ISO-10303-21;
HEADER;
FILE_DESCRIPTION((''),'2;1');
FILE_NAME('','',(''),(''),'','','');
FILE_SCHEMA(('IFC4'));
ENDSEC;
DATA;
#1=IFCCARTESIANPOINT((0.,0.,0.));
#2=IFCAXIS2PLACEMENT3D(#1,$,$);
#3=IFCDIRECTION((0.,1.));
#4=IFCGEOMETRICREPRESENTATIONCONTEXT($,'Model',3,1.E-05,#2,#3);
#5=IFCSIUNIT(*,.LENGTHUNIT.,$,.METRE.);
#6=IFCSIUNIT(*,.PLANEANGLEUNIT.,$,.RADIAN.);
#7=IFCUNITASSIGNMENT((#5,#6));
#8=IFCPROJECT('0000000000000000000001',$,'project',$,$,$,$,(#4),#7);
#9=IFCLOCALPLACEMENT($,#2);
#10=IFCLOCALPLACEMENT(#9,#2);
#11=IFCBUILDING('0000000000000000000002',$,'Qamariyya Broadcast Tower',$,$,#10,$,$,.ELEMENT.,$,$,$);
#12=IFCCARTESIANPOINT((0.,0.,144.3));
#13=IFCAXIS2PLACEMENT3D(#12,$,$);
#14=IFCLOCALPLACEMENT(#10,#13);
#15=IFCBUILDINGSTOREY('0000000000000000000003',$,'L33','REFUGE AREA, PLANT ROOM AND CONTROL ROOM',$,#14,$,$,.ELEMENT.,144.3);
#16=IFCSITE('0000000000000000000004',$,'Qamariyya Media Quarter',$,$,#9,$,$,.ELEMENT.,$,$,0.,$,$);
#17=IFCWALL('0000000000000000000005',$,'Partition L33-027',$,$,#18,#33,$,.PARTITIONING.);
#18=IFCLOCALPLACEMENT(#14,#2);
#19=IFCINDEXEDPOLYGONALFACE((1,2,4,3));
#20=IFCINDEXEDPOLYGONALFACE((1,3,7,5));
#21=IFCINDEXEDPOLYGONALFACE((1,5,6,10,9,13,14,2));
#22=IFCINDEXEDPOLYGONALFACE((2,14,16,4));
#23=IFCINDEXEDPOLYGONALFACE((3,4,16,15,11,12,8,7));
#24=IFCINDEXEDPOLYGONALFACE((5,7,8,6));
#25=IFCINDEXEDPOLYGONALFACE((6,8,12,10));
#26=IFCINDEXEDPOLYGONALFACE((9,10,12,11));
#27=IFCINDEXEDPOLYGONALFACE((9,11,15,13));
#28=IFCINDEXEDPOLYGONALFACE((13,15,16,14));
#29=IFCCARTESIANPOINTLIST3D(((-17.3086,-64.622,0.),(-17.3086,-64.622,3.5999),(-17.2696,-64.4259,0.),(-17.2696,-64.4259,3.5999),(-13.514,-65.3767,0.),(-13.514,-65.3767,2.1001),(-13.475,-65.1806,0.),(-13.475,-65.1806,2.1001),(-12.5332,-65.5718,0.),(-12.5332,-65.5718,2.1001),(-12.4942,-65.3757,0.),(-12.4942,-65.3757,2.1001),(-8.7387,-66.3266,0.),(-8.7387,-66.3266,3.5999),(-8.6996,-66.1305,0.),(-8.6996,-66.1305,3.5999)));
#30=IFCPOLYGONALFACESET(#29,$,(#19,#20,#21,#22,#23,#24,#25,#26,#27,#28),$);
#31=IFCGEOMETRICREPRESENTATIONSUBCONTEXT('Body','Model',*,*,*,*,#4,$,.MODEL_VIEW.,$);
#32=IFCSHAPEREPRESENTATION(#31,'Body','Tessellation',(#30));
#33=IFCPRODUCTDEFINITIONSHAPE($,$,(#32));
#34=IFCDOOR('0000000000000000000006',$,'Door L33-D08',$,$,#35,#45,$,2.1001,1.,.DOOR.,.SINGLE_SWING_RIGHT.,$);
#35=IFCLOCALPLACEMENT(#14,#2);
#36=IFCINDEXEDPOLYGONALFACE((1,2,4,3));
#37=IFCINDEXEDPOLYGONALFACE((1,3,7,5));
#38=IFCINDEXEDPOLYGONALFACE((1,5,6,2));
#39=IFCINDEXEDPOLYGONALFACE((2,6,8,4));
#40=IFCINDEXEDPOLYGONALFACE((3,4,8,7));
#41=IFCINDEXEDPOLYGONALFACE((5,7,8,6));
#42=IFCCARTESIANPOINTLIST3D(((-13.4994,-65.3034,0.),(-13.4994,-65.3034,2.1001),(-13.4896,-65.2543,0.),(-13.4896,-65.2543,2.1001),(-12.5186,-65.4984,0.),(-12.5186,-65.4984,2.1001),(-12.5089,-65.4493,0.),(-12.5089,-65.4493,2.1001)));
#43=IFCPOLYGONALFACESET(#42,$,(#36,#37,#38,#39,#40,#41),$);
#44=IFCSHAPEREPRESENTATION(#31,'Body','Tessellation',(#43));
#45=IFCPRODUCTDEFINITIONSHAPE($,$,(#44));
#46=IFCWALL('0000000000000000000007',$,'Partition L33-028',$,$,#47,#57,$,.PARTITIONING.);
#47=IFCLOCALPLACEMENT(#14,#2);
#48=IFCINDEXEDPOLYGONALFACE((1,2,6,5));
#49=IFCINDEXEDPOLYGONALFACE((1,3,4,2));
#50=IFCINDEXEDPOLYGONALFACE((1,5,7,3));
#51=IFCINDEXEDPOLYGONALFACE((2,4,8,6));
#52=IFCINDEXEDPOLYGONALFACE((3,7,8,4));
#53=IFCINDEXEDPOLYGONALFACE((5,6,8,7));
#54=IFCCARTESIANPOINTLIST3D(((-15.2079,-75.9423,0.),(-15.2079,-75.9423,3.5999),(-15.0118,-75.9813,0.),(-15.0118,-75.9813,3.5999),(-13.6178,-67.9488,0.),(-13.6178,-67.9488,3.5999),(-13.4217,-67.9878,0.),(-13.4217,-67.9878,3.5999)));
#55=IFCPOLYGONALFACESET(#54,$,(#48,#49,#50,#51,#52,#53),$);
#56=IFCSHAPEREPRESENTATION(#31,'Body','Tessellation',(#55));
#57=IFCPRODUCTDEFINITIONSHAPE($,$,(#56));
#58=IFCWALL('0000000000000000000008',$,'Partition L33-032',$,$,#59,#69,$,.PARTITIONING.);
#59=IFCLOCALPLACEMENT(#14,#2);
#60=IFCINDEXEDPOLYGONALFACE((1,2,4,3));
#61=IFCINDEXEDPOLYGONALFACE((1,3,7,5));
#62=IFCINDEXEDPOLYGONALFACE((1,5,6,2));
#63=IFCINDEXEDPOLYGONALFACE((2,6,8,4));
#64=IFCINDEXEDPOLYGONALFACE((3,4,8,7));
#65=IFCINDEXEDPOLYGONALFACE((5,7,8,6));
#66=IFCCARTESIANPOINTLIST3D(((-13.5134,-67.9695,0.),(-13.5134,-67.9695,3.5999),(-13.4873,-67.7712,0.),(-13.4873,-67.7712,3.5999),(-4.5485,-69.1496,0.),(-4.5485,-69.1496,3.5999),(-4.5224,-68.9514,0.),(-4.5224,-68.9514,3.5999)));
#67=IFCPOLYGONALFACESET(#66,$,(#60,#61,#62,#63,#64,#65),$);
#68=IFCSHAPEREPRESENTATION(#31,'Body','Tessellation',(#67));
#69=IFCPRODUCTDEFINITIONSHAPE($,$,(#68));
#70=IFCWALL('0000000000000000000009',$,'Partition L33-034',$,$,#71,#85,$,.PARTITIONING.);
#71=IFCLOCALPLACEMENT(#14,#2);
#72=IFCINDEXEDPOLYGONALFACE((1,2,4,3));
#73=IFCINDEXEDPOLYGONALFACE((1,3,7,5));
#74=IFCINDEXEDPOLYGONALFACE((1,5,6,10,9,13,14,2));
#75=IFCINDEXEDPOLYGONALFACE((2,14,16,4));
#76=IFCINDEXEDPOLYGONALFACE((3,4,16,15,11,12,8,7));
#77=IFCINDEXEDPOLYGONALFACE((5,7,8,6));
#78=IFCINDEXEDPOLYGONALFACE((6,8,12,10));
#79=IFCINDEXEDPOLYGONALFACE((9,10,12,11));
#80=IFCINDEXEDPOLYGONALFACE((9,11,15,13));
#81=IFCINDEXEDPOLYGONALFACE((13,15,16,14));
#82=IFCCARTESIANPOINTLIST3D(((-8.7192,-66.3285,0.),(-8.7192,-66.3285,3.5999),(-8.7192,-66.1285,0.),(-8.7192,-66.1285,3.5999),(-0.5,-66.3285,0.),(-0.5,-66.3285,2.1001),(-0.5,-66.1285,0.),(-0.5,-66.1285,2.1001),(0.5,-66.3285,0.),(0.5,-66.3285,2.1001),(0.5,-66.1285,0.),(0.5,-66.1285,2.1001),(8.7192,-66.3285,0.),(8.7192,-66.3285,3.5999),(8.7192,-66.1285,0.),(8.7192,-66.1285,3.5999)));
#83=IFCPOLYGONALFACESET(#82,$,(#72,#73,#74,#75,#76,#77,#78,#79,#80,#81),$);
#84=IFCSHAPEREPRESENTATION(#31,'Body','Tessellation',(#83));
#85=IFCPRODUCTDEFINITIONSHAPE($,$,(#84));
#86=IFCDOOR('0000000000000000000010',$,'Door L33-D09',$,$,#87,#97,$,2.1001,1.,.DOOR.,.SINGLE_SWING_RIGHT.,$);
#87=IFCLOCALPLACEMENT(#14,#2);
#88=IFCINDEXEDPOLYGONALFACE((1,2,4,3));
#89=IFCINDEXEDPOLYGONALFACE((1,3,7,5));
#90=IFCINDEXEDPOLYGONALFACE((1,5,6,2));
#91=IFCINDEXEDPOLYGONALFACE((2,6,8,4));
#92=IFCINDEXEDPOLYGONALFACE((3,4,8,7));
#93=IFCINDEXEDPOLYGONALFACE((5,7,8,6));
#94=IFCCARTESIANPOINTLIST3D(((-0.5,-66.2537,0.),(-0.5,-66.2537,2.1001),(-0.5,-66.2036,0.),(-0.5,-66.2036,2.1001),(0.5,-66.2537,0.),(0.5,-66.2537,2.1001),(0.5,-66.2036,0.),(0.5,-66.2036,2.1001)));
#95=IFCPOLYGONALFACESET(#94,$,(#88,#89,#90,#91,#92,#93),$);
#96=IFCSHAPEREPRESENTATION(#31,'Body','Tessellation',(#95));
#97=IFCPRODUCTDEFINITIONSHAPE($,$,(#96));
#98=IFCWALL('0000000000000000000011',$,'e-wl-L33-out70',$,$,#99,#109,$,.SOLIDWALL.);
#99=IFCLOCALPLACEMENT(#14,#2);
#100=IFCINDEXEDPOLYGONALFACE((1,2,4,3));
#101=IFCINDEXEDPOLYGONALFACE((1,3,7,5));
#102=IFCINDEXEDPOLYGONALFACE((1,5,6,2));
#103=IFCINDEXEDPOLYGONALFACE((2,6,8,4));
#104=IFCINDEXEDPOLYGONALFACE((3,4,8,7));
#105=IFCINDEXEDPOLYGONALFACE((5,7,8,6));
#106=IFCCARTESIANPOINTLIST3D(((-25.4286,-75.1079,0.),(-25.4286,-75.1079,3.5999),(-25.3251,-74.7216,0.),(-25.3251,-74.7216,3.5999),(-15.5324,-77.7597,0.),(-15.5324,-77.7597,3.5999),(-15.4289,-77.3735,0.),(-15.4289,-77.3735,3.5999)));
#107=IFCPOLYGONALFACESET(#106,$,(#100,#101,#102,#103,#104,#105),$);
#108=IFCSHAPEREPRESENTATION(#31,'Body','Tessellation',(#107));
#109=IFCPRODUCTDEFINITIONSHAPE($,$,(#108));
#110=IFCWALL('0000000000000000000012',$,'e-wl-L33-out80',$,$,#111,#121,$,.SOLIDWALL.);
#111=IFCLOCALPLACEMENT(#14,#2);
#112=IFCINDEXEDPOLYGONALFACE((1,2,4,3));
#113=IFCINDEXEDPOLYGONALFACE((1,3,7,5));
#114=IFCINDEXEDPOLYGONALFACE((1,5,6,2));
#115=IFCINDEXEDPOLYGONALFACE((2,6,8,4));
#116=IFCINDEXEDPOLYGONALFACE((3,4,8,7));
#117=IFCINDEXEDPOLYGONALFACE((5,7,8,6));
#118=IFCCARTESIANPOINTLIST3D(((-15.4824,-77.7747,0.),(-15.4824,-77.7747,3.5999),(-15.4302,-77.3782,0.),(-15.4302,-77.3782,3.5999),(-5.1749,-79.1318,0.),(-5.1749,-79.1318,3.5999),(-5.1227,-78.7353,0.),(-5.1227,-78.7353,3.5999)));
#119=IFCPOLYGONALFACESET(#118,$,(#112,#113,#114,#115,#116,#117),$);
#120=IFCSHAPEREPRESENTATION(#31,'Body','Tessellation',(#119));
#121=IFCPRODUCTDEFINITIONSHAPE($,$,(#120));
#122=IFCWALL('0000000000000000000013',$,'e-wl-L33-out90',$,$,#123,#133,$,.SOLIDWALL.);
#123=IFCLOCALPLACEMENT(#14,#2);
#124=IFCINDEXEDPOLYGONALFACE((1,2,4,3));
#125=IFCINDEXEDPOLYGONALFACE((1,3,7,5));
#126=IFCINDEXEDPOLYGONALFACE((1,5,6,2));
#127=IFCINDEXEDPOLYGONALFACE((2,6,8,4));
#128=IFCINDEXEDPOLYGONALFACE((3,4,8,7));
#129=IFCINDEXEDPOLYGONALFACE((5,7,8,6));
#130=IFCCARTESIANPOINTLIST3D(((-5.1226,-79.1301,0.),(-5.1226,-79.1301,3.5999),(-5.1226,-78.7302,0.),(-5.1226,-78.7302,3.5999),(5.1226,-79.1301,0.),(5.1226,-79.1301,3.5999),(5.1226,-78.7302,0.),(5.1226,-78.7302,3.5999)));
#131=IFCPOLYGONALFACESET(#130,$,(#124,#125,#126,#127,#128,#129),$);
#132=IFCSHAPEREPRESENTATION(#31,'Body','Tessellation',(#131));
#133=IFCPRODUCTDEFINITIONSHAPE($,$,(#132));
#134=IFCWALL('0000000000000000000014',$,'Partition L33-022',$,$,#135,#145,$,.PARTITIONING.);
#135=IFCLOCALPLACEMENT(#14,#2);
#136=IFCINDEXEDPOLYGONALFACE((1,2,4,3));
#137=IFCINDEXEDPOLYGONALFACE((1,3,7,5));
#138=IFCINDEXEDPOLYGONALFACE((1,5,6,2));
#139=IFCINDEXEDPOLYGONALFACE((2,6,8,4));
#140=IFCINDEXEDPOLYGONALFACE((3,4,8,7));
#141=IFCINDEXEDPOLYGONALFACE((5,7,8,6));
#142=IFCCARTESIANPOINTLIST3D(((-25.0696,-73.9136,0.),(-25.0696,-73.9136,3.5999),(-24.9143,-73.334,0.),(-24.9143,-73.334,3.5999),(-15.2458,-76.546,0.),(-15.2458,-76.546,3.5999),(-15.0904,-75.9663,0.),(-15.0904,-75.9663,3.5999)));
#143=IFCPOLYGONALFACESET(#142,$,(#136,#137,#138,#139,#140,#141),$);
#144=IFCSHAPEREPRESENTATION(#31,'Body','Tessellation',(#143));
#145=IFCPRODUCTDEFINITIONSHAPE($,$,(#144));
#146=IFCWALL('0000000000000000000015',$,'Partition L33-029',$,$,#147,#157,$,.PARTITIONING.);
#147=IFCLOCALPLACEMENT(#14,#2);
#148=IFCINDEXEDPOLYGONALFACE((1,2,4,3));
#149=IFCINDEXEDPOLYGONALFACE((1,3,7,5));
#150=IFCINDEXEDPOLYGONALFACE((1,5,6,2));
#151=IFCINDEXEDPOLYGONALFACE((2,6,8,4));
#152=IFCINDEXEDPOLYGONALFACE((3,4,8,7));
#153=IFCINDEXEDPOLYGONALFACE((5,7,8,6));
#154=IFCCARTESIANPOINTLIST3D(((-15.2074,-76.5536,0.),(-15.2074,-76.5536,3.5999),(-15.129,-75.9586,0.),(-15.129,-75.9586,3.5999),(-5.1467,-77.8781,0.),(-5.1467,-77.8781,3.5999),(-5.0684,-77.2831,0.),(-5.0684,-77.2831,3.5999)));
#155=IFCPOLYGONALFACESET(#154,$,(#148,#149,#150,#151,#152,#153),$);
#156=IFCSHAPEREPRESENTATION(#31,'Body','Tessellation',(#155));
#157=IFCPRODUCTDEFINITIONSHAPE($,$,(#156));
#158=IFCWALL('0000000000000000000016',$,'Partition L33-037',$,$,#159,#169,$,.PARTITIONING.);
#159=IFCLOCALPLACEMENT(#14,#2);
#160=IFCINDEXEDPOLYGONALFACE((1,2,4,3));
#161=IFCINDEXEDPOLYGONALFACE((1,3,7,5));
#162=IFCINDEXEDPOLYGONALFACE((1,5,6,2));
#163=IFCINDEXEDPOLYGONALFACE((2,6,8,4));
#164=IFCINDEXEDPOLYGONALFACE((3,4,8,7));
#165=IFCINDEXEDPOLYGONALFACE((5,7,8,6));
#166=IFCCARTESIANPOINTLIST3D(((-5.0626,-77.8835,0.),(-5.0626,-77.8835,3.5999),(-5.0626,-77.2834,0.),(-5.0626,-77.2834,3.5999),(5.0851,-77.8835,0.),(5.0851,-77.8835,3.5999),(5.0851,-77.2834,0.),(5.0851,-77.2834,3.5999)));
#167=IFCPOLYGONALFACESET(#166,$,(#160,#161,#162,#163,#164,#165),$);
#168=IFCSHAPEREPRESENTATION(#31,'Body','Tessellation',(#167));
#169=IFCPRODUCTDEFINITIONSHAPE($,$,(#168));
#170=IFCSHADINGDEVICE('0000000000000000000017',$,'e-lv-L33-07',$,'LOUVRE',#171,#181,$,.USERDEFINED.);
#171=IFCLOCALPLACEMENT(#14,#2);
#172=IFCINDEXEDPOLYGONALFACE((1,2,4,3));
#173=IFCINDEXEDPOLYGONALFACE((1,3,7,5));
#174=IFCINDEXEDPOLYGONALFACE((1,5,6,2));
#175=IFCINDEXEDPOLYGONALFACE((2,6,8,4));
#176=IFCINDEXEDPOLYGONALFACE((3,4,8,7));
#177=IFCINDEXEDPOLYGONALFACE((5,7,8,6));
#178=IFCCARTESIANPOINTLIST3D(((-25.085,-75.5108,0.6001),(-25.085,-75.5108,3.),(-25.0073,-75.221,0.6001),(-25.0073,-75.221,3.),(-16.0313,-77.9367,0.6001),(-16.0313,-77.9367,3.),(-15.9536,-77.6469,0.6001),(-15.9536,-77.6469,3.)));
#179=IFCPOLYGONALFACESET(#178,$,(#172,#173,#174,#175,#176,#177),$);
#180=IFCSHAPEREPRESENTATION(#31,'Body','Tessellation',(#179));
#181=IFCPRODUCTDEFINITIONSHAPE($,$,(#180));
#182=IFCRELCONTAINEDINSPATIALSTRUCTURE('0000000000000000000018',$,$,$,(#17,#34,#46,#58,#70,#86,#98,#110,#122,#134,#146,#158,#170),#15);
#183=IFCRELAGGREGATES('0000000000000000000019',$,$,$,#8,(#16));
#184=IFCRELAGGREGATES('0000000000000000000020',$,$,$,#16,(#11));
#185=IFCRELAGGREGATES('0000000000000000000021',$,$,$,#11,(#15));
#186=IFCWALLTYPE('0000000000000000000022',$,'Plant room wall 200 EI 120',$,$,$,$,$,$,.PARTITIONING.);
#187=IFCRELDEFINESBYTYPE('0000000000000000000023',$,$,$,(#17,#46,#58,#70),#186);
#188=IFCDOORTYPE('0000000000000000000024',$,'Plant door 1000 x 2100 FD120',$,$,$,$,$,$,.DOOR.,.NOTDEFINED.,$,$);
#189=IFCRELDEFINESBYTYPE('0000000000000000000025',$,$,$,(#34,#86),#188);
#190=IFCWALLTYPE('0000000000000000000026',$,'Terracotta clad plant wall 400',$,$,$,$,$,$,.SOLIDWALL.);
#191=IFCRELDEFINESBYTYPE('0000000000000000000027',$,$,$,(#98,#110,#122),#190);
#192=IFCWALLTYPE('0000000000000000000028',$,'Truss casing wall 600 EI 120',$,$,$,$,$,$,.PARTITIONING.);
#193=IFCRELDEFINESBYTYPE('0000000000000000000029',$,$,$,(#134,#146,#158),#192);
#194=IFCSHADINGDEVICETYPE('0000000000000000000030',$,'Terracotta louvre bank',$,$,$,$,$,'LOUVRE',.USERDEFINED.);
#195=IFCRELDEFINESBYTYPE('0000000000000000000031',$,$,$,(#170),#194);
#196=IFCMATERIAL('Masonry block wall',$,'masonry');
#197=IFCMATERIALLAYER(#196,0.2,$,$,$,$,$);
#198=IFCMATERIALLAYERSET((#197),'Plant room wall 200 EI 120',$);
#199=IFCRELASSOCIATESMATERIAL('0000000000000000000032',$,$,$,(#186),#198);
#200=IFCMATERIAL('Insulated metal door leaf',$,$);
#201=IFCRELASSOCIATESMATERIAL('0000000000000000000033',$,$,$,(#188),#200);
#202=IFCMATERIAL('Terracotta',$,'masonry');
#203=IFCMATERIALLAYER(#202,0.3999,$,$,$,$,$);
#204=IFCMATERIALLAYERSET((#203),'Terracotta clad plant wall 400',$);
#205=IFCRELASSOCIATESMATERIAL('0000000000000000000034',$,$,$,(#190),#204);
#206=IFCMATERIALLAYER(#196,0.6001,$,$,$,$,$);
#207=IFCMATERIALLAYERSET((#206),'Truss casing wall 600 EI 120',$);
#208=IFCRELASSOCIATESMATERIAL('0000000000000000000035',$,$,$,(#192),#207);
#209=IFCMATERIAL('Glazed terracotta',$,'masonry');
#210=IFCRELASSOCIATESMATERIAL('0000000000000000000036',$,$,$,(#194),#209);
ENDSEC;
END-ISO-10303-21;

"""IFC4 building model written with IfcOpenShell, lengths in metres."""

from ifc_helpers import new_model, si_unit, direction, frame, frame_2d, origin, origin_2d, place, context, subcontext, project, spatial, rectangle, extrude, material, layer, layer_set, type_object, element, fill, save


model = new_model("IFC4")

# Units and contexts
model_context = context("Model", 3, precision=1e-05, world=origin(), true_north=direction((0.0, 1.0)))
body_context = subcontext(model_context, "Body", "Model", "MODEL_VIEW")
ifc_project = project(units=[si_unit("LENGTHUNIT", "METRE"), si_unit("PLANEANGLEUNIT", "RADIAN")], contexts=[model_context])

# Site, building, storey
site_placement = place(None, origin())
site = spatial("IfcSite", under=ifc_project, at=site_placement, Name="Qamariyya Media Quarter", CompositionType="ELEMENT", RefElevation=0.0)
building_placement = place(site_placement, origin())
building = spatial("IfcBuilding", under=site, at=building_placement, Name="Qamariyya Broadcast Tower", CompositionType="ELEMENT")
storey_placement = place(building_placement, frame((0.0, 0.0, 144.3)))
storey = spatial("IfcBuildingStorey", under=building, at=storey_placement, Name="L33", Description="REFUGE AREA, PLANT ROOM AND CONTROL ROOM", CompositionType="ELEMENT", Elevation=144.3)

# Shared definitions
ifc_material_1 = material(Name="Masonry block wall", Category="masonry")
ifc_layer_1 = layer(ifc_material_1, 0.2)
ifc_layer_set_1 = layer_set([ifc_layer_1], Name="Plant room wall 200 EI 120")
wall_type_1 = type_object("IfcWallType", Name="Plant room wall 200 EI 120", PredefinedType="PARTITIONING", material=ifc_layer_set_1)
ifc_material_2 = material(Name="Insulated metal door leaf")
door_type = type_object("IfcDoorType", Name="Plant door 1000 x 2100 FD120", OperationType="NOTDEFINED", PredefinedType="DOOR", material=ifc_material_2)

# Wall, opening, door
wall_1_placement = place(storey_placement, frame((-17.2891, -64.5239, 0.0), z_axis=(0.0, 0.0, 1.0), x_axis=(0.980786, -0.195084, 0.0)))
wall_1 = element("IfcWall", 1, at=wall_1_placement, inside=storey, type_object=wall_type_1, Name="Partition L33-027", PredefinedType="PARTITIONING", context=body_context, shape_type="SweptSolid", body=[
    extrude(rectangle(XDim=8.7378, YDim=0.2, at=frame_2d((4.3689, 0.0))), origin(), (0.0, 0.0, 1.0), 3.5999),
])
opening_1_placement = place(wall_1_placement, frame((3.8689, 0.0, 0.0)))
opening_1 = element("IfcOpeningElement", 2, at=opening_1_placement, cuts=wall_1, PredefinedType="OPENING", context=body_context, shape_type="SweptSolid", body=[
    extrude(rectangle(XDim=1.0, YDim=2.1001, at=frame_2d((0.5, 1.05))), frame((0.0, 0.1099, 0.0), z_axis=(0.0, -1.0, 0.0), x_axis=(1.0, 0.0, 0.0)), (0.0, 0.0, 1.0), 0.22),
])
door_1_placement = place(opening_1_placement, origin())
door_1 = element("IfcDoor", 3, at=door_1_placement, inside=storey, type_object=door_type, Name="Door L33-D08", OperationType="SINGLE_SWING_RIGHT", OverallHeight=2.1001, OverallWidth=1.0, PredefinedType="DOOR", context=body_context, shape_type="SweptSolid", body=[
    extrude(rectangle(XDim=1.0, YDim=2.1001, at=frame_2d((0.5, 1.05))), frame((0.0, 0.0249, 0.0), z_axis=(0.0, -1.0, 0.0), x_axis=(1.0, 0.0, 0.0)), (0.0, 0.0, 1.0), 0.05),
])
fill(opening_1, door_1)

# Walls
wall_2_placement = place(storey_placement, frame((-15.1099, -75.9619, 0.0), z_axis=(0.0, 0.0, 1.0), x_axis=(0.195102, 0.980783, 0.0)))
element("IfcWall", 4, at=wall_2_placement, inside=storey, type_object=wall_type_1, Name="Partition L33-028", PredefinedType="PARTITIONING", context=body_context, shape_type="SweptSolid", body=[
    extrude(rectangle(XDim=8.1501, YDim=0.2, at=frame_2d((4.0752, 0.0))), origin(), (0.0, 0.0, 1.0), 3.5999),
])
wall_3_placement = place(storey_placement, frame((-13.5002, -67.8704, 0.0), z_axis=(0.0, 0.0, 1.0), x_axis=(0.991446, -0.130519, 0.0)))
element("IfcWall", 5, at=wall_3_placement, inside=storey, type_object=wall_type_1, Name="Partition L33-032", PredefinedType="PARTITIONING", context=body_context, shape_type="SweptSolid", body=[
    extrude(rectangle(XDim=9.0422, YDim=0.2, at=frame_2d((4.521, 0.0))), origin(), (0.0, 0.0, 1.0), 3.5999),
])

# Wall, opening, door
wall_4_placement = place(storey_placement, frame((-8.7192, -66.2285, 0.0), z_axis=(0.0, 0.0, 1.0), x_axis=(1.0, 0.0, 0.0)))
wall_4 = element("IfcWall", 6, at=wall_4_placement, inside=storey, type_object=wall_type_1, Name="Partition L33-034", PredefinedType="PARTITIONING", context=body_context, shape_type="SweptSolid", body=[
    extrude(rectangle(XDim=17.4385, YDim=0.2, at=frame_2d((8.7192, 0.0))), origin(), (0.0, 0.0, 1.0), 3.5999),
])
opening_2_placement = place(wall_4_placement, frame((8.2192, 0.0, 0.0)))
opening_2 = element("IfcOpeningElement", 7, at=opening_2_placement, cuts=wall_4, PredefinedType="OPENING", context=body_context, shape_type="SweptSolid", body=[
    extrude(rectangle(XDim=1.0, YDim=2.1001, at=frame_2d((0.5, 1.05))), frame((0.0, 0.1099, 0.0), z_axis=(0.0, -1.0, 0.0), x_axis=(1.0, 0.0, 0.0)), (0.0, 0.0, 1.0), 0.22),
])
door_2_placement = place(opening_2_placement, origin())
door_2 = element("IfcDoor", 8, at=door_2_placement, inside=storey, type_object=door_type, Name="Door L33-D09", OperationType="SINGLE_SWING_RIGHT", OverallHeight=2.1001, OverallWidth=1.0, PredefinedType="DOOR", context=body_context, shape_type="SweptSolid", body=[
    extrude(rectangle(XDim=1.0, YDim=2.1001, at=frame_2d((0.5, 1.05))), frame((0.0, 0.0249, 0.0), z_axis=(0.0, -1.0, 0.0), x_axis=(1.0, 0.0, 0.0)), (0.0, 0.0, 1.0), 0.05),
])
fill(opening_2, door_2)

# Walls
ifc_material_3 = material(Name="Terracotta", Category="masonry")
ifc_layer_2 = layer(ifc_material_3, 0.3999)
ifc_layer_set_2 = layer_set([ifc_layer_2], Name="Terracotta clad plant wall 400")
wall_type_2 = type_object("IfcWallType", Name="Terracotta clad plant wall 400", PredefinedType="SOLIDWALL", material=ifc_layer_set_2)
wall_5_placement = place(storey_placement, frame((-25.3767, -74.9148, 0.0), z_axis=(0.0, 0.0, 1.0), x_axis=(0.965922, -0.258834, 0.0)))
element("IfcWall", 9, at=wall_5_placement, inside=storey, type_object=wall_type_2, Name="e-wl-L33-out70", PredefinedType="SOLIDWALL", context=body_context, shape_type="SweptSolid", body=[
    extrude(rectangle(XDim=10.2454, YDim=0.3999, at=frame_2d((5.1226, 0.0))), origin(), (0.0, 0.0, 1.0), 3.5999),
])
wall_6_placement = place(storey_placement, frame((-15.4563, -77.5764, 0.0), z_axis=(0.0, 0.0, 1.0), x_axis=(0.991443, -0.130541, 0.0)))
element("IfcWall", 10, at=wall_6_placement, inside=storey, type_object=wall_type_2, Name="e-wl-L33-out80", PredefinedType="SOLIDWALL", context=body_context, shape_type="SweptSolid", body=[
    extrude(rectangle(XDim=10.3965, YDim=0.3999, at=frame_2d((5.1982, 0.0))), origin(), (0.0, 0.0, 1.0), 3.5999),
])
wall_7_placement = place(storey_placement, frame((-5.1226, -78.9302, 0.0), z_axis=(0.0, 0.0, 1.0), x_axis=(1.0, 0.0, 0.0)))
element("IfcWall", 11, at=wall_7_placement, inside=storey, type_object=wall_type_2, Name="e-wl-L33-out90", PredefinedType="SOLIDWALL", context=body_context, shape_type="SweptSolid", body=[
    extrude(rectangle(XDim=10.2451, YDim=0.3999, at=frame_2d((5.1226, 0.0))), origin(), (0.0, 0.0, 1.0), 3.5999),
])
ifc_layer_3 = layer(ifc_material_1, 0.6001)
ifc_layer_set_3 = layer_set([ifc_layer_3], Name="Truss casing wall 600 EI 120")
wall_type_3 = type_object("IfcWallType", Name="Truss casing wall 600 EI 120", PredefinedType="PARTITIONING", material=ifc_layer_set_3)
wall_8_placement = place(storey_placement, frame((-24.9919, -73.6238, 0.0), z_axis=(0.0, 0.0, 1.0), x_axis=(0.965924, -0.258825, 0.0)))
element("IfcWall", 12, at=wall_8_placement, inside=storey, type_object=wall_type_3, Name="Partition L33-022", PredefinedType="PARTITIONING", context=body_context, shape_type="SweptSolid", body=[
    extrude(rectangle(XDim=10.1704, YDim=0.6001, at=frame_2d((5.0852, 0.0))), origin(), (0.0, 0.0, 1.0), 3.5999),
])
wall_9_placement = place(storey_placement, frame((-15.1682, -76.2561, 0.0), z_axis=(0.0, 0.0, 1.0), x_axis=(0.991445, -0.130523, 0.0)))
element("IfcWall", 13, at=wall_9_placement, inside=storey, type_object=wall_type_3, Name="Partition L33-029", PredefinedType="PARTITIONING", context=body_context, shape_type="SweptSolid", body=[
    extrude(rectangle(XDim=10.1475, YDim=0.6001, at=frame_2d((5.0737, 0.0))), origin(), (0.0, 0.0, 1.0), 3.5999),
])
wall_10_placement = place(storey_placement, frame((-5.0625, -77.5835, 0.0), z_axis=(0.0, 0.0, 1.0), x_axis=(1.0, 0.0, 0.0)))
element("IfcWall", 14, at=wall_10_placement, inside=storey, type_object=wall_type_3, Name="Partition L33-037", PredefinedType="PARTITIONING", context=body_context, shape_type="SweptSolid", body=[
    extrude(rectangle(XDim=10.1477, YDim=0.6001, at=frame_2d((5.0737, 0.0))), origin(), (0.0, 0.0, 1.0), 3.5999),
])

# Shading device
ifc_material_4 = material(Name="Glazed terracotta", Category="masonry")
shading_device_type = type_object("IfcShadingDeviceType", Name="Terracotta louvre bank", ElementType="LOUVRE", PredefinedType="USERDEFINED", material=ifc_material_4)
for number, where, z_axis, x_axis, name in (
    (15, (-20.5193, -76.5789, 0.6001), (0.0, 0.0, 1.0), (0.965926, -0.258819, 0.0), "e-lv-L33-07"),
):
    element("IfcShadingDevice", number, at=place(storey_placement, frame(where, z_axis=z_axis, x_axis=x_axis)), inside=storey, type_object=shading_device_type, Name=name, ObjectType="LOUVRE", PredefinedType="USERDEFINED", context=body_context, shape_type="SweptSolid", body=[
        extrude(rectangle(XDim=9.373, YDim=0.3, at=origin_2d()), origin(), (0.0, 0.0, 1.0), 2.3999),
    ])

save(model, "model.ifc")
